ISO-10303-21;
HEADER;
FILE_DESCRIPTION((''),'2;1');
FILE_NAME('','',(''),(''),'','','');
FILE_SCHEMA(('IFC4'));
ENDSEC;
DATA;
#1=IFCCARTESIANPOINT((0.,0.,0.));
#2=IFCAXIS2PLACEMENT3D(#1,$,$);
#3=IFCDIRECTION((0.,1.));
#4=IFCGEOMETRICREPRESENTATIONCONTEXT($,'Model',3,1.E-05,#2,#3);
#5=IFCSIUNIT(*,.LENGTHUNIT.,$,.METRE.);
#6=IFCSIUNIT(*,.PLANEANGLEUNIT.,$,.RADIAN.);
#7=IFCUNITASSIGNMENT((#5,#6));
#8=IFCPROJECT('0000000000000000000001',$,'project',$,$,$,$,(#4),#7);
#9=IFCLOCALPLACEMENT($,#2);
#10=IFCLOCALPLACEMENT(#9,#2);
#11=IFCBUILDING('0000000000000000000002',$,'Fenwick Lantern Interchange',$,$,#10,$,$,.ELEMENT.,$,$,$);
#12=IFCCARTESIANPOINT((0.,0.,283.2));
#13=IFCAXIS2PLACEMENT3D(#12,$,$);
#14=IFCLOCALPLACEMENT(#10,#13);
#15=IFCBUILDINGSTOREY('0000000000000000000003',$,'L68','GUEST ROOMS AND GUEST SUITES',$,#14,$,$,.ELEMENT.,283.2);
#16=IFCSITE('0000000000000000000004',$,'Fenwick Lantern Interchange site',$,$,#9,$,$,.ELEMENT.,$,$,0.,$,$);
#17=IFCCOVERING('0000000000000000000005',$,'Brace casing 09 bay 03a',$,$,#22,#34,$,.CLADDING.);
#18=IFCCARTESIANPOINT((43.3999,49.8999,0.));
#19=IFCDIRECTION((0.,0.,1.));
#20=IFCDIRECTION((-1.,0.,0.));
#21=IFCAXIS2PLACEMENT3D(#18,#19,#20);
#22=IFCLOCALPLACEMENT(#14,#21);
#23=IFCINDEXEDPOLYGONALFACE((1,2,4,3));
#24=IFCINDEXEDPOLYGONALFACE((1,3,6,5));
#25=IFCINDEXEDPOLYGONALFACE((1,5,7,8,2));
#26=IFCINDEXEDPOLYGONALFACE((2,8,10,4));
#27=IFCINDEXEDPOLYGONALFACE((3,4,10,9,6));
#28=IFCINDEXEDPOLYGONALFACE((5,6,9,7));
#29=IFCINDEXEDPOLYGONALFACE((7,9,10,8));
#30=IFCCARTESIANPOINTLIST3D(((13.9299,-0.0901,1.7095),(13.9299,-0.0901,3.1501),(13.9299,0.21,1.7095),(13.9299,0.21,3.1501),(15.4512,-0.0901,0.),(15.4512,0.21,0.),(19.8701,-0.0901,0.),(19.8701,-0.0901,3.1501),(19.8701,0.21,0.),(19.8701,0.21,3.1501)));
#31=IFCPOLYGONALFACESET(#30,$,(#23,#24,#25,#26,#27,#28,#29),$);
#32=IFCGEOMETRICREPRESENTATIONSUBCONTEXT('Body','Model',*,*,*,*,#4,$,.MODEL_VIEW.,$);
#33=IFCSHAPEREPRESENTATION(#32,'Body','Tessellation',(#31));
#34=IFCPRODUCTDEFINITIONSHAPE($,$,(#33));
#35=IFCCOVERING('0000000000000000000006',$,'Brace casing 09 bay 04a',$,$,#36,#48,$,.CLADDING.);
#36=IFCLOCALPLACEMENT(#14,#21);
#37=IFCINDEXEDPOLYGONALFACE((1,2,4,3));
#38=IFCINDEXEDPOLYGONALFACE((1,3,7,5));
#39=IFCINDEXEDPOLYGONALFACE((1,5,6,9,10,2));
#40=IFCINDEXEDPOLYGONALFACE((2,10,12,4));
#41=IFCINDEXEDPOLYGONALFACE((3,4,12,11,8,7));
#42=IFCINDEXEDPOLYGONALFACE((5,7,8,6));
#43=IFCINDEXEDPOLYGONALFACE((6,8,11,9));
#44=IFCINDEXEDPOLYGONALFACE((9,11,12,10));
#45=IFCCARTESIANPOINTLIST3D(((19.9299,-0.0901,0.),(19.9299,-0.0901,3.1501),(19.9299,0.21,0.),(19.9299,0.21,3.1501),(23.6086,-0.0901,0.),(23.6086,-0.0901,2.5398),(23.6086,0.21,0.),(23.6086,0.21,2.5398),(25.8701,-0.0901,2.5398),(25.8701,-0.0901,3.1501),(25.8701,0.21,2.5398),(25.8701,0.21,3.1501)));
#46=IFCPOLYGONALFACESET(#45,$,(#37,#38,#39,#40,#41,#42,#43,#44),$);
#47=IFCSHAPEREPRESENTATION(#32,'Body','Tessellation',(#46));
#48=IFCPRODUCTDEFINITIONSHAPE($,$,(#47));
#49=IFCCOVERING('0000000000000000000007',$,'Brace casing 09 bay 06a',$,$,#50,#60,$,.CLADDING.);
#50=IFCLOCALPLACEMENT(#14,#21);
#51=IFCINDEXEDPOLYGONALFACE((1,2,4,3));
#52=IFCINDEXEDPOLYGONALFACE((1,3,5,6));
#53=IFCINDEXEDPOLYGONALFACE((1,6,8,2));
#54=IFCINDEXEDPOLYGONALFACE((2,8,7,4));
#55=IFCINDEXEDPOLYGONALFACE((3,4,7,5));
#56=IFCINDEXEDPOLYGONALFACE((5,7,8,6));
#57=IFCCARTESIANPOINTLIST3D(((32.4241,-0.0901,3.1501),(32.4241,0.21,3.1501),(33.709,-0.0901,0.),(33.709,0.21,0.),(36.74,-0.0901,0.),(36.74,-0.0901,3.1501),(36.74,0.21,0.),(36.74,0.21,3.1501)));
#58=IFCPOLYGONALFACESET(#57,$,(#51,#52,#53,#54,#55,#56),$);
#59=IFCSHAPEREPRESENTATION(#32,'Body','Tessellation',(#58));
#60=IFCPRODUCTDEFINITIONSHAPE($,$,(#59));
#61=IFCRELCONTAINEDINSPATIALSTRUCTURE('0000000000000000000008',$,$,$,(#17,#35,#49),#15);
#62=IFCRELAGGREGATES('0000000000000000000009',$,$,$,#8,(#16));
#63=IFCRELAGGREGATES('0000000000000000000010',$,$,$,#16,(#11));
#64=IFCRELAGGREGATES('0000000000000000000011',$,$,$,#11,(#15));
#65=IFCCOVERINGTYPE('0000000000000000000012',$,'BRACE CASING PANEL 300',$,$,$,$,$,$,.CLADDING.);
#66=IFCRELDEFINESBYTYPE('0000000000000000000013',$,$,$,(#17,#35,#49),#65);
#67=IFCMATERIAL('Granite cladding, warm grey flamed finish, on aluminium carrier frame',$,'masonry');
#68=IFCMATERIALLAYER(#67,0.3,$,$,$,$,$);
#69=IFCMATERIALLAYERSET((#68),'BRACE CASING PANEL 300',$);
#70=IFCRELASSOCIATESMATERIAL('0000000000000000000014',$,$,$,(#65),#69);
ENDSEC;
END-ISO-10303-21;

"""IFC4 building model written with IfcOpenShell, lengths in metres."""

from ifc_helpers import new_model, si_unit, direction, frame, origin, place, context, subcontext, project, spatial, polyline, outline, extrude, material, layer, layer_set, type_object, element, save


model = new_model("IFC4")

# Units and contexts
model_context = context("Model", 3, precision=1e-05, world=origin(), true_north=direction((0.0, 1.0)))
body_context = subcontext(model_context, "Body", "Model", "MODEL_VIEW")
ifc_project = project(units=[si_unit("LENGTHUNIT", "METRE"), si_unit("PLANEANGLEUNIT", "RADIAN")], contexts=[model_context])

# Site, building, storey
site_placement = place(None, origin())
site = spatial("IfcSite", under=ifc_project, at=site_placement, Name="Fenwick Lantern Interchange site", CompositionType="ELEMENT", RefElevation=0.0)
building_placement = place(site_placement, origin())
building = spatial("IfcBuilding", under=site, at=building_placement, Name="Fenwick Lantern Interchange", CompositionType="ELEMENT")
storey_placement = place(building_placement, frame((0.0, 0.0, 283.2)))
storey = spatial("IfcBuildingStorey", under=building, at=storey_placement, Name="L68", Description="GUEST ROOMS AND GUEST SUITES", CompositionType="ELEMENT", Elevation=283.2)

# Coverings
ifc_material_1 = material(Name="Granite cladding, warm grey flamed finish, on aluminium carrier frame", Category="masonry")
ifc_layer_1 = layer(ifc_material_1, 0.3)
ifc_layer_set_1 = layer_set([ifc_layer_1], Name="BRACE CASING PANEL 300")
covering_type = type_object("IfcCoveringType", Name="BRACE CASING PANEL 300", PredefinedType="CLADDING", material=ifc_layer_set_1)
covering_1_placement = place(storey_placement, frame((43.3999, 49.8999, 0.0), z_axis=(0.0, 0.0, 1.0), x_axis=(-1.0, 0.0, 0.0)))
element("IfcCovering", 1, at=covering_1_placement, inside=storey, type_object=covering_type, Name="Brace casing 09 bay 03a", PredefinedType="CLADDING", context=body_context, shape_type="SweptSolid", body=[
    extrude(outline(polyline([(15.4512, 0.0), (19.8701, 0.0), (19.8701, 3.1501), (13.9299, 3.1501), (13.9299, 1.7095), (15.4512, 0.0)])), frame((0.0, 0.21, 0.0), z_axis=(0.0, -1.0, 0.0), x_axis=(1.0, 0.0, 0.0)), (0.0, 0.0, 1.0), 0.3),
])
covering_2_placement = place(storey_placement, frame((43.3999, 49.8999, 0.0), z_axis=(0.0, 0.0, 1.0), x_axis=(-1.0, 0.0, 0.0)))
element("IfcCovering", 2, at=covering_2_placement, inside=storey, type_object=covering_type, Name="Brace casing 09 bay 04a", PredefinedType="CLADDING", context=body_context, shape_type="SweptSolid", body=[
    extrude(outline(polyline([(19.9299, 0.0), (23.6086, 0.0), (23.6086, 2.5398), (25.8701, 2.5398), (25.8701, 3.1501), (19.9299, 3.1501), (19.9299, 0.0)])), frame((0.0, 0.21, 0.0), z_axis=(0.0, -1.0, 0.0), x_axis=(1.0, 0.0, 0.0)), (0.0, 0.0, 1.0), 0.3),
])
covering_3_placement = place(storey_placement, frame((43.3999, 49.8999, 0.0), z_axis=(0.0, 0.0, 1.0), x_axis=(-1.0, 0.0, 0.0)))
element("IfcCovering", 3, at=covering_3_placement, inside=storey, type_object=covering_type, Name="Brace casing 09 bay 06a", PredefinedType="CLADDING", context=body_context, shape_type="SweptSolid", body=[
    extrude(outline(polyline([(33.709, 0.0), (36.74, 0.0), (36.74, 3.1501), (32.4241, 3.1501), (33.709, 0.0)])), frame((0.0, 0.21, 0.0), z_axis=(0.0, -1.0, 0.0), x_axis=(1.0, 0.0, 0.0)), (0.0, 0.0, 1.0), 0.3),
])

save(model, "model.ifc")
